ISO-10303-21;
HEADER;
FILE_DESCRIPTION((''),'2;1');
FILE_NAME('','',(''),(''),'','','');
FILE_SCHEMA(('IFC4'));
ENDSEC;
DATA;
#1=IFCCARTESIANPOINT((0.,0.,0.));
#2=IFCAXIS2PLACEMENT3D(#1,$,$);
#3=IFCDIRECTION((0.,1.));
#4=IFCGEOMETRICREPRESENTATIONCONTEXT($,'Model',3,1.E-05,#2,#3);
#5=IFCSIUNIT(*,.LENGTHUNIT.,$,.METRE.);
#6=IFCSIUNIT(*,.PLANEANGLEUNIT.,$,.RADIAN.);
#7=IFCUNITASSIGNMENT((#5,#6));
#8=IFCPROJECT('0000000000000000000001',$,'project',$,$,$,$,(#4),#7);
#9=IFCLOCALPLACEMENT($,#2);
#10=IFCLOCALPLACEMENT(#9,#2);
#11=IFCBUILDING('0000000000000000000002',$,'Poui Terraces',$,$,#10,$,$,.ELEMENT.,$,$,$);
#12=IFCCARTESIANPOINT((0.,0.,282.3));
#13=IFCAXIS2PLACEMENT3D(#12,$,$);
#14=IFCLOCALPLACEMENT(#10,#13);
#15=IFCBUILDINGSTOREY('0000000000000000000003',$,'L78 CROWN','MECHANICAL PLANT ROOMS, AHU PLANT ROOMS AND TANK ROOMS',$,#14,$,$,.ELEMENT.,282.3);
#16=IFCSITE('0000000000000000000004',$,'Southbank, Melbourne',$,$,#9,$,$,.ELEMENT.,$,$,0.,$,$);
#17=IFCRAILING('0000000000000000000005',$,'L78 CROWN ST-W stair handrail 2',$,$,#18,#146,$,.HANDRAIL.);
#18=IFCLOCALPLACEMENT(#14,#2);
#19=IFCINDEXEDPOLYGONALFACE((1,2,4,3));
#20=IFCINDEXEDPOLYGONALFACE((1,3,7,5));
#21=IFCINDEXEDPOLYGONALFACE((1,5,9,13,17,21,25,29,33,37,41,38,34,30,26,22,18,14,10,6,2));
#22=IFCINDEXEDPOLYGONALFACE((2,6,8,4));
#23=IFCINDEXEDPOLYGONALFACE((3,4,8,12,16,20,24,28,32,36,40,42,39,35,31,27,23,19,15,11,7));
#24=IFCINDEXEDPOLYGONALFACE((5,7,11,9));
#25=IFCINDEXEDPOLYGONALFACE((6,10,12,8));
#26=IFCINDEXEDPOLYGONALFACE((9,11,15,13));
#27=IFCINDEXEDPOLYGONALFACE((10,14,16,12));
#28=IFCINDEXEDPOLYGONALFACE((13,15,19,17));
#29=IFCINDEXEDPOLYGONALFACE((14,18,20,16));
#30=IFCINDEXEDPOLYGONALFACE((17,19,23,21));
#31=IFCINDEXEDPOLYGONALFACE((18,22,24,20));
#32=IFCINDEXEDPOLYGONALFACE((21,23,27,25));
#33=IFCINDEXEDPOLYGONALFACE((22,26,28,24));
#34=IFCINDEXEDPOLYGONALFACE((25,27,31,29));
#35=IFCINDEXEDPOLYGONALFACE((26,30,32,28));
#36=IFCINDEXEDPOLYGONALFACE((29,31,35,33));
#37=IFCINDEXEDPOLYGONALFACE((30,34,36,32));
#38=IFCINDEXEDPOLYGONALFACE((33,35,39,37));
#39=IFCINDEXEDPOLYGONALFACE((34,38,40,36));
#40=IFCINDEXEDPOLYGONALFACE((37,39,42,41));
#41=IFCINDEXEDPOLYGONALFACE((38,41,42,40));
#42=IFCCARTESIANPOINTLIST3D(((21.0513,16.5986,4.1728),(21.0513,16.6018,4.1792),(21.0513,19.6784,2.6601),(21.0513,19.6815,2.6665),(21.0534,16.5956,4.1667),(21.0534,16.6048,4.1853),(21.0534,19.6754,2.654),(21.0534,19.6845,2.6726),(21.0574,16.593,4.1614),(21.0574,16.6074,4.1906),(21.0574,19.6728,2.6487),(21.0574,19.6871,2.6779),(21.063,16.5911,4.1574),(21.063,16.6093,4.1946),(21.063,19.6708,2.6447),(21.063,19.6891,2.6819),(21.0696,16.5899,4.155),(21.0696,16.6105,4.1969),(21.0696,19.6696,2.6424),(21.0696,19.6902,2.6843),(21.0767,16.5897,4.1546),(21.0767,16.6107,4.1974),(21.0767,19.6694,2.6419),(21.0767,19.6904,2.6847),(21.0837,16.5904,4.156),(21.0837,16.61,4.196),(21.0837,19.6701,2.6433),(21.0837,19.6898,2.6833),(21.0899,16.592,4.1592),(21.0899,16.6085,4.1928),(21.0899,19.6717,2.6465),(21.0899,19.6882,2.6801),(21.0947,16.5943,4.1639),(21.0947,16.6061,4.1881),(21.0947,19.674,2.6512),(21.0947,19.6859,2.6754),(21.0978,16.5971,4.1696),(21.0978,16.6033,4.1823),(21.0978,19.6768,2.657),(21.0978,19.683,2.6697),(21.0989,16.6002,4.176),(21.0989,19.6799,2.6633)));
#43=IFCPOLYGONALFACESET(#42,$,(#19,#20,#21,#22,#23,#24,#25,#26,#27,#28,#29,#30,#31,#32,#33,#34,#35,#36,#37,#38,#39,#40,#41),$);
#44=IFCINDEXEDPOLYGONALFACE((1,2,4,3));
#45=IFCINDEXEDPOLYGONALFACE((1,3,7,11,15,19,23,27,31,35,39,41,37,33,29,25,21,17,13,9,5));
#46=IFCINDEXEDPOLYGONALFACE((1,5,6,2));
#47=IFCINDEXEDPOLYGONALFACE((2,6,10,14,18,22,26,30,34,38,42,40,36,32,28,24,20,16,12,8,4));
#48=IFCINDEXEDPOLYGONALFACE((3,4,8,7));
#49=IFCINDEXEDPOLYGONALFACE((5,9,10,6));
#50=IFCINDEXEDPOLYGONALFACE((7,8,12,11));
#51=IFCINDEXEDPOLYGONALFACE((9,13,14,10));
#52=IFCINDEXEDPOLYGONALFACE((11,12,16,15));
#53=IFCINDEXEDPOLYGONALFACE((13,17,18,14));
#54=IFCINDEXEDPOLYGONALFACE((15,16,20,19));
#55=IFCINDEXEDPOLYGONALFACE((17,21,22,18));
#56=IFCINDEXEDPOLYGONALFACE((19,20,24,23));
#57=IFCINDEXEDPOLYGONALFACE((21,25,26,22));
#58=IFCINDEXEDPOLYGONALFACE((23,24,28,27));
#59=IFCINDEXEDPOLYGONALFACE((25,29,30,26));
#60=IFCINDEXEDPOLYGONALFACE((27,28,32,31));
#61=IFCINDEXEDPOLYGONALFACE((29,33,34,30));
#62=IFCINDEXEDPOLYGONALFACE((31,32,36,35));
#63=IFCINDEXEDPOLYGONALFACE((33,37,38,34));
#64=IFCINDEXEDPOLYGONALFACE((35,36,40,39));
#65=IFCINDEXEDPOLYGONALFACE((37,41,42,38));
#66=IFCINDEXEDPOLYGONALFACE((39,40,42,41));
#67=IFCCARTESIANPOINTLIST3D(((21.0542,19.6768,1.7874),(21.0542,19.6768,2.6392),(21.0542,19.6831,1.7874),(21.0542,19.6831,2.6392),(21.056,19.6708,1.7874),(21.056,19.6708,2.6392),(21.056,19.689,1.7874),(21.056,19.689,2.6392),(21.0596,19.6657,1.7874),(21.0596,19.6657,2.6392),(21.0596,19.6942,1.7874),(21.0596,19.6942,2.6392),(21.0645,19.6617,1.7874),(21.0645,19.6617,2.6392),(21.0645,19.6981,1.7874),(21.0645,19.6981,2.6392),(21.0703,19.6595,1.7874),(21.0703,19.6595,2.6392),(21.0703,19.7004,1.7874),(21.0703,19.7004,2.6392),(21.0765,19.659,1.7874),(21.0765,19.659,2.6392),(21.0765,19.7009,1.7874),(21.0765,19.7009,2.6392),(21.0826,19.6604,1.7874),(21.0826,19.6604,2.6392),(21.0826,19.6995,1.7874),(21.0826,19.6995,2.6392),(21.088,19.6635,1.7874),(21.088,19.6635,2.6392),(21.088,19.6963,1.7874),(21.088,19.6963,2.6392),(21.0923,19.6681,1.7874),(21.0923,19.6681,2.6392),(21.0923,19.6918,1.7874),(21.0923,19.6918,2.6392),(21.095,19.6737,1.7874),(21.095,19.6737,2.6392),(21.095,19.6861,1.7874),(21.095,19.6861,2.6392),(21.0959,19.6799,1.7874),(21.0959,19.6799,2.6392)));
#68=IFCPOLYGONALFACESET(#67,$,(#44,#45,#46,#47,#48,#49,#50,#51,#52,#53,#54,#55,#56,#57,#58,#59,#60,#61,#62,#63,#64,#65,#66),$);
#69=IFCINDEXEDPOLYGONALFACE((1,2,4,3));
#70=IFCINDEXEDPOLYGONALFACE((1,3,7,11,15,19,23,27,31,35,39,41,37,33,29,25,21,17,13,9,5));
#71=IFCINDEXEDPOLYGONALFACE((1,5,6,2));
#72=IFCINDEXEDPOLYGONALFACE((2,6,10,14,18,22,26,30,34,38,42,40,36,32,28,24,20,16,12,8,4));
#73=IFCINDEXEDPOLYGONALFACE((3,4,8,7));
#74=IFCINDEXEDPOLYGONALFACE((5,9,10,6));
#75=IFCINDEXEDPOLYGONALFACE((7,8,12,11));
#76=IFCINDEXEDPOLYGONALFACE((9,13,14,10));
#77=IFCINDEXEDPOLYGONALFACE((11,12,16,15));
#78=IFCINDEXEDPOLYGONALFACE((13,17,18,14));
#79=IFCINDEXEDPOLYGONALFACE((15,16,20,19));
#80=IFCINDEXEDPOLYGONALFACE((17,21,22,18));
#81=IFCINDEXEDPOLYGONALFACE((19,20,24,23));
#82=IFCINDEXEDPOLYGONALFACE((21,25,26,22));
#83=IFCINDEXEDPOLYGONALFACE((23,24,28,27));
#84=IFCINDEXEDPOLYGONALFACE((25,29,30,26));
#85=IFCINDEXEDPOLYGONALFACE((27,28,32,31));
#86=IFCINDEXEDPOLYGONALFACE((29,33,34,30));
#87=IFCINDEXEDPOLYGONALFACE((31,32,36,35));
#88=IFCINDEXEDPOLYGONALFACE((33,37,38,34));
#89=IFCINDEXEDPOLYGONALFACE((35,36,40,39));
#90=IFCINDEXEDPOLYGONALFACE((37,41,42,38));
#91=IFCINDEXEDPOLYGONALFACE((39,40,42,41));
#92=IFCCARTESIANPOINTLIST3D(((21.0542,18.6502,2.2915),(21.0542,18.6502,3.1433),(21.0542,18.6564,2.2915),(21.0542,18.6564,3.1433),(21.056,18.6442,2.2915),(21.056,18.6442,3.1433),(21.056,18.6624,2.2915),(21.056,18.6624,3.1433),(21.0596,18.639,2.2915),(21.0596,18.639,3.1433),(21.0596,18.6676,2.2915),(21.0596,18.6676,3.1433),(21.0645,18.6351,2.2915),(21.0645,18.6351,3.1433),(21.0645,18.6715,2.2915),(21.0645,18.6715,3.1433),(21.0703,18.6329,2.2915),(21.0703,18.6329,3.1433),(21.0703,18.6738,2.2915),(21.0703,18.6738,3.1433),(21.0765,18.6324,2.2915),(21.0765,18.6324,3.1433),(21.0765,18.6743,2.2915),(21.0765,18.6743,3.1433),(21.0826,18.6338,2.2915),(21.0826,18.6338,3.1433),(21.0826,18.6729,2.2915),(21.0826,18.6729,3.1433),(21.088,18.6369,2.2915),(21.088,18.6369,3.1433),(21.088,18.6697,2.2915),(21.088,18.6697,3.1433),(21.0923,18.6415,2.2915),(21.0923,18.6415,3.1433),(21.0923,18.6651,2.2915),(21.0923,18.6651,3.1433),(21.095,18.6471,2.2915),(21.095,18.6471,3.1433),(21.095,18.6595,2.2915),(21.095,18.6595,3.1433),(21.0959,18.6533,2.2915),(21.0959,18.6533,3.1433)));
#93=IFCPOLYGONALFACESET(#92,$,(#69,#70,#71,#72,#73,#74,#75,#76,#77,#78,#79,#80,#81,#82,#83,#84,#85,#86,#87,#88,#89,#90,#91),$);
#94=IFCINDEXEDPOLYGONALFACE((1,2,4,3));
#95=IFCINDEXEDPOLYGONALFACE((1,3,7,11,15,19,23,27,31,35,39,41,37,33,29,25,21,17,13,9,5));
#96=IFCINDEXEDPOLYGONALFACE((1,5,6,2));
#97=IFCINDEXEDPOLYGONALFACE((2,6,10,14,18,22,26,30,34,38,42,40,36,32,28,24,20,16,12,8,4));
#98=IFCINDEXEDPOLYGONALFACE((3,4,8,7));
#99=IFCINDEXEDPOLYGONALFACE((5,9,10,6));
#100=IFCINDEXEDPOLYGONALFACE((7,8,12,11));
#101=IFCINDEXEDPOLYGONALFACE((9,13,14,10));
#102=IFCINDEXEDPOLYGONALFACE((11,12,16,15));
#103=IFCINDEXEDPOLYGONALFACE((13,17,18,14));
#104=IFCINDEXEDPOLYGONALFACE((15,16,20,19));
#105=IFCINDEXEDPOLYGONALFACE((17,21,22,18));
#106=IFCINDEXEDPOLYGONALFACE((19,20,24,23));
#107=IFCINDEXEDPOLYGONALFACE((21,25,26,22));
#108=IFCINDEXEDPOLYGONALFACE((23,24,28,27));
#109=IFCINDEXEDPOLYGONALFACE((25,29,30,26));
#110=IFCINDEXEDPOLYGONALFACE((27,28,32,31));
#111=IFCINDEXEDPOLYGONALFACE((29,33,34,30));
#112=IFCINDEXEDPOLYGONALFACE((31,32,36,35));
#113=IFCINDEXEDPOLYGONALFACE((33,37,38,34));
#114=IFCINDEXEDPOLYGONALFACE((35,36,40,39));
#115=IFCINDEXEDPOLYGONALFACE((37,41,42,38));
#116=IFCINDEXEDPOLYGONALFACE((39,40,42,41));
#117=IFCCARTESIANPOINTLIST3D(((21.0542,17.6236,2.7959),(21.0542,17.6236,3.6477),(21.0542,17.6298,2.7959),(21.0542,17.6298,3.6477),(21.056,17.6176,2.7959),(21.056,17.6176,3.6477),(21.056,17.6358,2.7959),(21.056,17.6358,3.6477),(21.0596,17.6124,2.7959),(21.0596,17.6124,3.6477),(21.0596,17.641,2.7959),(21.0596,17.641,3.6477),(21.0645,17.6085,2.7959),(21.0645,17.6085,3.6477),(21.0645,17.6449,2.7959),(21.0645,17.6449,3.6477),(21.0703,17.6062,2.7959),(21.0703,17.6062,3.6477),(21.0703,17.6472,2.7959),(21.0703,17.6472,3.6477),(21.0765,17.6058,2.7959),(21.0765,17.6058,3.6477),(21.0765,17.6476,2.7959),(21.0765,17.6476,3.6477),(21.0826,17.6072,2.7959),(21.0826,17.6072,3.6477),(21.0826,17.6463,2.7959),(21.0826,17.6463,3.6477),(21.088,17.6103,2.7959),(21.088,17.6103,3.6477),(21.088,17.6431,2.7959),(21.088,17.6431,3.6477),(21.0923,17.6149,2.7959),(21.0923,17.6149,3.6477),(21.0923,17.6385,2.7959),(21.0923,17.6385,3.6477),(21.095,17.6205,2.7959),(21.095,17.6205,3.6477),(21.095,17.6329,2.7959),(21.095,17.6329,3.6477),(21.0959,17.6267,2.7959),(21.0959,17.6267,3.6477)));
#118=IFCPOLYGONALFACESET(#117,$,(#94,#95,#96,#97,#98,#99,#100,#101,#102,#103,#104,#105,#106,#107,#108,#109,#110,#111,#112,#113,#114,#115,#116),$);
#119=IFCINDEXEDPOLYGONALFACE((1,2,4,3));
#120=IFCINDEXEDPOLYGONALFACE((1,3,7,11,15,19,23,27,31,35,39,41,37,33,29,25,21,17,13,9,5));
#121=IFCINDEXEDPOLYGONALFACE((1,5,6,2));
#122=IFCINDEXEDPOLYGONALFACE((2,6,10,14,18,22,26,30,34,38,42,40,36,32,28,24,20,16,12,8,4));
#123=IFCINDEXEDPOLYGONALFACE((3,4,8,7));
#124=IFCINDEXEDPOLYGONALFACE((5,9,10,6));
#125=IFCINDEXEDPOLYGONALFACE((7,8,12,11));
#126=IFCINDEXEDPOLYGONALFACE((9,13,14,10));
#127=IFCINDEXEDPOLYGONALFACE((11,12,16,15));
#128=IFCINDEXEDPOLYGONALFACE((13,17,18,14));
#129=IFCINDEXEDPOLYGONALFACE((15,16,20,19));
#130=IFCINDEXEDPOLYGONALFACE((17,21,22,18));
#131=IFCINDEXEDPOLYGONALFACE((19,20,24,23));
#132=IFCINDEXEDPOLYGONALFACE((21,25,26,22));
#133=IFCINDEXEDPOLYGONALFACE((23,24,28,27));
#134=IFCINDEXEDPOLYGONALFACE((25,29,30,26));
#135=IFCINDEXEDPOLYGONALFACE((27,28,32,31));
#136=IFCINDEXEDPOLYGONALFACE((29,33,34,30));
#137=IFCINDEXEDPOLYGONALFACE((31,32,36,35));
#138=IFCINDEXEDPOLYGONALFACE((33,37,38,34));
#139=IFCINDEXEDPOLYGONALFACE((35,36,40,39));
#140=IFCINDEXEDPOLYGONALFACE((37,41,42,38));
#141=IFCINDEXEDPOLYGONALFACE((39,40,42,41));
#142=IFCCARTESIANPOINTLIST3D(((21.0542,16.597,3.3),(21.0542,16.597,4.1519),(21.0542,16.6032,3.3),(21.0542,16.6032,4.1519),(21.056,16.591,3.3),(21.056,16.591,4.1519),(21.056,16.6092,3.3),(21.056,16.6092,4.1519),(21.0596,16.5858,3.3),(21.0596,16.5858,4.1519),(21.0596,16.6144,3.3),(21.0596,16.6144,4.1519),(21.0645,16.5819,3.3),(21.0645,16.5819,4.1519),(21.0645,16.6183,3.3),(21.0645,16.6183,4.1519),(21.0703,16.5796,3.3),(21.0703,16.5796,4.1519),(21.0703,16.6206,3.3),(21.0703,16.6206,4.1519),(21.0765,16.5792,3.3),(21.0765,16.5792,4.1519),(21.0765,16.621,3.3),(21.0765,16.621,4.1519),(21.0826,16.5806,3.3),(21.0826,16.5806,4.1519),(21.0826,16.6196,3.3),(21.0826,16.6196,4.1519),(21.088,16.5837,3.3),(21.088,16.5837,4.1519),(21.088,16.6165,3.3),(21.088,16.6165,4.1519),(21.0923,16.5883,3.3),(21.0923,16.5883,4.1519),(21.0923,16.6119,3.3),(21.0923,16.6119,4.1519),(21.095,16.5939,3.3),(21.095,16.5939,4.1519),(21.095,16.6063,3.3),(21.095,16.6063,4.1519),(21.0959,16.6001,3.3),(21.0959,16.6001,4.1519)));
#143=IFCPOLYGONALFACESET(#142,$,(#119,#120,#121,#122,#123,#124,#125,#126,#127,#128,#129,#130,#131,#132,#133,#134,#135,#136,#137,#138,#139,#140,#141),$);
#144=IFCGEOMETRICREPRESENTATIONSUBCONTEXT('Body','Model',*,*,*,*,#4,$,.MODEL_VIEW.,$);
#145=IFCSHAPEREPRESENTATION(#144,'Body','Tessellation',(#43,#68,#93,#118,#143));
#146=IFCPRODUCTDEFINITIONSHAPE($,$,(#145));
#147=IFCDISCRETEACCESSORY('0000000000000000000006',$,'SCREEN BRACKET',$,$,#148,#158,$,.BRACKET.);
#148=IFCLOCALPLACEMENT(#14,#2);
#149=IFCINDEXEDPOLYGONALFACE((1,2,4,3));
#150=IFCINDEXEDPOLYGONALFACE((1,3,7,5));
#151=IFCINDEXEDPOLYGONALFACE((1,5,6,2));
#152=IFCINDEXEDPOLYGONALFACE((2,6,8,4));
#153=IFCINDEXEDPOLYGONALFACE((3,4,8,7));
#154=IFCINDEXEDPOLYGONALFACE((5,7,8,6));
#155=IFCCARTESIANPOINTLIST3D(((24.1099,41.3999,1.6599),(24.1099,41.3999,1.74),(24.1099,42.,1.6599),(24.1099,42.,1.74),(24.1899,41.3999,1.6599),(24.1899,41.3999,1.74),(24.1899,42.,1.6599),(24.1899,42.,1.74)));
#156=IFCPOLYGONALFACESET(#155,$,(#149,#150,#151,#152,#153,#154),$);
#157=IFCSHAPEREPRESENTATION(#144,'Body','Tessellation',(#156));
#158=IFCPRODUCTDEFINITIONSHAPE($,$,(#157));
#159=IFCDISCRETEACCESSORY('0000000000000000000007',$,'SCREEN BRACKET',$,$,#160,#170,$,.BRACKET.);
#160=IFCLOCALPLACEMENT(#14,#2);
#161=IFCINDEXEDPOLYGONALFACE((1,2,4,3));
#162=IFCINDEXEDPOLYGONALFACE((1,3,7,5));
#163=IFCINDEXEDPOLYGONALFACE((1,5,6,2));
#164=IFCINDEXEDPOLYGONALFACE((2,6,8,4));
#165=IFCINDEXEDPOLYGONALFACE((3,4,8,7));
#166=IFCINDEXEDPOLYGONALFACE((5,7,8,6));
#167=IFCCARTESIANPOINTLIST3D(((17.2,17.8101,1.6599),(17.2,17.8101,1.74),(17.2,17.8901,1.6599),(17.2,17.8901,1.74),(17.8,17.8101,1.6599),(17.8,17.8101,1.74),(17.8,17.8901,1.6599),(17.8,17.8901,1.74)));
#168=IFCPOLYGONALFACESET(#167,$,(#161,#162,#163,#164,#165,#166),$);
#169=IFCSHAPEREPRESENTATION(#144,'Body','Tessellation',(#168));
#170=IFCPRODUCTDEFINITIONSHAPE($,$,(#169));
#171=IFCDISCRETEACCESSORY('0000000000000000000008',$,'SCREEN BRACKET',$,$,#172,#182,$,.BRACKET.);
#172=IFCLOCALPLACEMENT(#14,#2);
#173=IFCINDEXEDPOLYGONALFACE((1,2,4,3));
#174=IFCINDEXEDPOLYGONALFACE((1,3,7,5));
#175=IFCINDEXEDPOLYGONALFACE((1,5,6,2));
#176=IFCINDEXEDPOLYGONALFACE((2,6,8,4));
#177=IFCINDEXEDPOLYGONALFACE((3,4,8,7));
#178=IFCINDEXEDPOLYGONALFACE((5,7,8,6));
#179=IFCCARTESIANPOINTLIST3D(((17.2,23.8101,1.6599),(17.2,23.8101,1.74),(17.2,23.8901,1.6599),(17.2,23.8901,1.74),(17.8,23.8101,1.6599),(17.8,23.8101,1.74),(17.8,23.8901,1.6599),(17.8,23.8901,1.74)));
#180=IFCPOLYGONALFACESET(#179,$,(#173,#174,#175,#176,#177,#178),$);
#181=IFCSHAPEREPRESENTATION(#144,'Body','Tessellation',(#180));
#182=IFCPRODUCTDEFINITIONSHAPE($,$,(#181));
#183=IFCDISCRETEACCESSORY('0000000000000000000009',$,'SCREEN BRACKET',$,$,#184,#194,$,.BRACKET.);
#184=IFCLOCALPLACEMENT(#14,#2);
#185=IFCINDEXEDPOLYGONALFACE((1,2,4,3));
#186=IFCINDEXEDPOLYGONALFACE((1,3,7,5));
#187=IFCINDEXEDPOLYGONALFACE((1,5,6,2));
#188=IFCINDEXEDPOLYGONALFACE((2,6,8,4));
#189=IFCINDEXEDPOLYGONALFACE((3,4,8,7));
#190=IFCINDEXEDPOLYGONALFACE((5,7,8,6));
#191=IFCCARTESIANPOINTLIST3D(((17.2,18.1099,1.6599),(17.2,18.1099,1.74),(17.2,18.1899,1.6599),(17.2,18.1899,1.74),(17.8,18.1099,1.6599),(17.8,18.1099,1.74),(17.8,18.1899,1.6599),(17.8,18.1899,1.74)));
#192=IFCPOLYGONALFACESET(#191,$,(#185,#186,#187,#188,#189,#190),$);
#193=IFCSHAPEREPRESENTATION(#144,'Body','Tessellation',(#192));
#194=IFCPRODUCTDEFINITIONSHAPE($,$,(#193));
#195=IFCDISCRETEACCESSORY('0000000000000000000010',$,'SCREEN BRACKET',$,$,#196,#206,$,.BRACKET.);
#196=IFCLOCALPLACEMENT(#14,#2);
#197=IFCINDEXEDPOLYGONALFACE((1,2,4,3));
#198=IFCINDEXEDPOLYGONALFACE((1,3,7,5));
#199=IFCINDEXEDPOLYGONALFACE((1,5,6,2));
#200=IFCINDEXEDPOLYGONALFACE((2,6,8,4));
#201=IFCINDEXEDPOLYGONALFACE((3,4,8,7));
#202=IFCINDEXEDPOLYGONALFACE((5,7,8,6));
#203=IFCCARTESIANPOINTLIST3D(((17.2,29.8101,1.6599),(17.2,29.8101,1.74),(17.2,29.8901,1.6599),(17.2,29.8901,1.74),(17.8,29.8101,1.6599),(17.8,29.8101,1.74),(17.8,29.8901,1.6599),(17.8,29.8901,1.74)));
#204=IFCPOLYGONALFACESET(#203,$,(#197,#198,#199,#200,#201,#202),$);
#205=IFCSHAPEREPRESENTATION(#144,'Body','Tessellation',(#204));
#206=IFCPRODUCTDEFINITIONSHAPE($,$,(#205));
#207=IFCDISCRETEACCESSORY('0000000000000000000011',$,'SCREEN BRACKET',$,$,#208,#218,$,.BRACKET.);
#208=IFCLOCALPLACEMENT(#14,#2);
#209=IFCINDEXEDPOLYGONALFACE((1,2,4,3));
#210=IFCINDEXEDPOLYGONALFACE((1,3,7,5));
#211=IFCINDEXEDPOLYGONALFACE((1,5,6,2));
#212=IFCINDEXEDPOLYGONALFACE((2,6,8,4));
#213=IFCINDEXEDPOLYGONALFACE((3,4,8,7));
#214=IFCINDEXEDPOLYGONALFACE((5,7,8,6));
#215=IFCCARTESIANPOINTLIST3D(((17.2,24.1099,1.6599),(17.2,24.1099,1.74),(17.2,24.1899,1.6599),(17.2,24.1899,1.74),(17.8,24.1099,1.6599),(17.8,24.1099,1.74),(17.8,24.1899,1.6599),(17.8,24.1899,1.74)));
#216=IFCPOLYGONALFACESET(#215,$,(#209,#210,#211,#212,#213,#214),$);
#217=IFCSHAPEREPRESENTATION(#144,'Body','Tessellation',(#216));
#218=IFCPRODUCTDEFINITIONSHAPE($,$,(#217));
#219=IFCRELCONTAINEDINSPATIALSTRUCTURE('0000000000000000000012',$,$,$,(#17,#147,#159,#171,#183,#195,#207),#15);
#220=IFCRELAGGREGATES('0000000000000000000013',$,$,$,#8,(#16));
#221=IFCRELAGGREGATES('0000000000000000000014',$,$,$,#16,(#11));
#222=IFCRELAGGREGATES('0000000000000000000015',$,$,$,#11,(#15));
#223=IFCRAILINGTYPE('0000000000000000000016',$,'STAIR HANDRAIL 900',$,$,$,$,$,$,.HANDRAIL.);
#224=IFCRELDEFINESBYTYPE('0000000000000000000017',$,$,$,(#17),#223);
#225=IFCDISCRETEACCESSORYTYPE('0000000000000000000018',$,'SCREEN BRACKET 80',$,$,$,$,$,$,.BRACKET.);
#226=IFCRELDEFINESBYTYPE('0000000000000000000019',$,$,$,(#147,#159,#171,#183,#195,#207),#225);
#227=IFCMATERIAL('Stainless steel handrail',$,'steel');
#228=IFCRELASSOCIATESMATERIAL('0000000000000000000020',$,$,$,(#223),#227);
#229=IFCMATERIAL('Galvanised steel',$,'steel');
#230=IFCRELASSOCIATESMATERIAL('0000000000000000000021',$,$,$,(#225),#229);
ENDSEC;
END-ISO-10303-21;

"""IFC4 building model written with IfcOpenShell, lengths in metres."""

from ifc_helpers import new_model, si_unit, direction, frame, origin, origin_2d, place, context, subcontext, project, spatial, rectangle, circle, extrude, source, transform, mapped, material, material_profile, profile_set, type_object, element, save


model = new_model("IFC4")

# Units and contexts
model_context = context("Model", 3, precision=1e-05, world=origin(), true_north=direction((0.0, 1.0)))
body_context = subcontext(model_context, "Body", "Model", "MODEL_VIEW")
ifc_project = project(units=[si_unit("LENGTHUNIT", "METRE"), si_unit("PLANEANGLEUNIT", "RADIAN")], contexts=[model_context])

# Site, building, storey
site_placement = place(None, origin())
site = spatial("IfcSite", under=ifc_project, at=site_placement, Name="Southbank, Melbourne", CompositionType="ELEMENT", RefElevation=0.0)
building_placement = place(site_placement, origin())
building = spatial("IfcBuilding", under=site, at=building_placement, Name="Poui Terraces", CompositionType="ELEMENT")
storey_placement = place(building_placement, frame((0.0, 0.0, 282.3)))
storey = spatial("IfcBuildingStorey", under=building, at=storey_placement, Name="L78 CROWN", Description="MECHANICAL PLANT ROOMS, AHU PLANT ROOMS AND TANK ROOMS", CompositionType="ELEMENT", Elevation=282.3)

# Railing
ifc_material_1 = material(Name="Stainless steel handrail", Category="steel")
railing_type_1 = type_object("IfcRailingType", Name="STAIR HANDRAIL 900", PredefinedType="HANDRAIL", material=ifc_material_1)
railing_1_placement = place(storey_placement, frame((21.075, 19.6799, 1.7874)))
element("IfcRailing", 1, at=railing_1_placement, inside=storey, type_object=railing_type_1, Name="L78 CROWN ST-W stair handrail 2", PredefinedType="HANDRAIL", context=body_context, shape_type="SweptSolid", body=[
    extrude(circle(Radius=0.0239, at=origin_2d()), frame((0.0, 0.0, 0.876), z_axis=(0.0, -0.897578, 0.440856), x_axis=(1.0, 0.0, 0.0)), (0.0, 0.0, 1.0), 3.4312),
    extrude(circle(Radius=0.021, at=origin_2d()), origin(), (0.0, 0.0, 1.0), 0.8518),
    extrude(circle(Radius=0.021, at=origin_2d()), frame((0.0, -1.0266, 0.5042)), (0.0, 0.0, 1.0), 0.8518),
    extrude(circle(Radius=0.021, at=origin_2d()), frame((0.0, -2.0532, 1.0085)), (0.0, 0.0, 1.0), 0.8518),
    extrude(circle(Radius=0.021, at=origin_2d()), frame((0.0, -3.0798, 1.5127)), (0.0, 0.0, 1.0), 0.8518),
])

# Discrete accessories
ifc_material_2 = material(Name="Galvanised steel", Category="steel")
ifc_material_profile_1 = material_profile(ifc_material_2, rectangle(XDim=0.0801, YDim=0.0801, at=origin_2d()), Name="SCREEN BRACKET 80")
ifc_profile_set_1 = profile_set([ifc_material_profile_1], Name="Galvanised steel")
discrete_accessory_type = type_object("IfcDiscreteAccessoryType", Name="SCREEN BRACKET 80", PredefinedType="BRACKET", material=ifc_profile_set_1)
shared_shape_1 = source(origin(), body_context, "Body", "SweptSolid", [
    extrude(rectangle(XDim=0.0801, YDim=0.0801, at=origin_2d()), origin(), (0.0, 0.0, 1.0), 0.6001),
])
for number, where, z_axis, x_axis, name in (
    (2, (24.1499, 41.3999, 1.7), (0.0, 1.0, 0.0), (-1.0, 0.0, 0.0), "SCREEN BRACKET"),
    (3, (17.8, 17.8501, 1.7), (-1.0, 0.0, 0.0), (0.0, -1.0, 0.0), "SCREEN BRACKET"),
    (4, (17.8, 23.8501, 1.7), (-1.0, 0.0, 0.0), (0.0, -1.0, 0.0), "SCREEN BRACKET"),
    (5, (17.8, 18.1499, 1.7), (-1.0, 0.0, 0.0), (0.0, -1.0, 0.0), "SCREEN BRACKET"),
    (6, (17.8, 29.8501, 1.7), (-1.0, 0.0, 0.0), (0.0, -1.0, 0.0), "SCREEN BRACKET"),
    (7, (17.8, 24.1499, 1.7), (-1.0, 0.0, 0.0), (0.0, -1.0, 0.0), "SCREEN BRACKET"),
):
    element("IfcDiscreteAccessory", number, at=place(storey_placement, frame(where, z_axis=z_axis, x_axis=x_axis)), inside=storey, type_object=discrete_accessory_type, Name=name, PredefinedType="BRACKET", context=body_context, shape_type="MappedRepresentation", body=[
        mapped(shared_shape_1, transform((0.0, 0.0, 0.0))),
    ])

save(model, "model.ifc")
